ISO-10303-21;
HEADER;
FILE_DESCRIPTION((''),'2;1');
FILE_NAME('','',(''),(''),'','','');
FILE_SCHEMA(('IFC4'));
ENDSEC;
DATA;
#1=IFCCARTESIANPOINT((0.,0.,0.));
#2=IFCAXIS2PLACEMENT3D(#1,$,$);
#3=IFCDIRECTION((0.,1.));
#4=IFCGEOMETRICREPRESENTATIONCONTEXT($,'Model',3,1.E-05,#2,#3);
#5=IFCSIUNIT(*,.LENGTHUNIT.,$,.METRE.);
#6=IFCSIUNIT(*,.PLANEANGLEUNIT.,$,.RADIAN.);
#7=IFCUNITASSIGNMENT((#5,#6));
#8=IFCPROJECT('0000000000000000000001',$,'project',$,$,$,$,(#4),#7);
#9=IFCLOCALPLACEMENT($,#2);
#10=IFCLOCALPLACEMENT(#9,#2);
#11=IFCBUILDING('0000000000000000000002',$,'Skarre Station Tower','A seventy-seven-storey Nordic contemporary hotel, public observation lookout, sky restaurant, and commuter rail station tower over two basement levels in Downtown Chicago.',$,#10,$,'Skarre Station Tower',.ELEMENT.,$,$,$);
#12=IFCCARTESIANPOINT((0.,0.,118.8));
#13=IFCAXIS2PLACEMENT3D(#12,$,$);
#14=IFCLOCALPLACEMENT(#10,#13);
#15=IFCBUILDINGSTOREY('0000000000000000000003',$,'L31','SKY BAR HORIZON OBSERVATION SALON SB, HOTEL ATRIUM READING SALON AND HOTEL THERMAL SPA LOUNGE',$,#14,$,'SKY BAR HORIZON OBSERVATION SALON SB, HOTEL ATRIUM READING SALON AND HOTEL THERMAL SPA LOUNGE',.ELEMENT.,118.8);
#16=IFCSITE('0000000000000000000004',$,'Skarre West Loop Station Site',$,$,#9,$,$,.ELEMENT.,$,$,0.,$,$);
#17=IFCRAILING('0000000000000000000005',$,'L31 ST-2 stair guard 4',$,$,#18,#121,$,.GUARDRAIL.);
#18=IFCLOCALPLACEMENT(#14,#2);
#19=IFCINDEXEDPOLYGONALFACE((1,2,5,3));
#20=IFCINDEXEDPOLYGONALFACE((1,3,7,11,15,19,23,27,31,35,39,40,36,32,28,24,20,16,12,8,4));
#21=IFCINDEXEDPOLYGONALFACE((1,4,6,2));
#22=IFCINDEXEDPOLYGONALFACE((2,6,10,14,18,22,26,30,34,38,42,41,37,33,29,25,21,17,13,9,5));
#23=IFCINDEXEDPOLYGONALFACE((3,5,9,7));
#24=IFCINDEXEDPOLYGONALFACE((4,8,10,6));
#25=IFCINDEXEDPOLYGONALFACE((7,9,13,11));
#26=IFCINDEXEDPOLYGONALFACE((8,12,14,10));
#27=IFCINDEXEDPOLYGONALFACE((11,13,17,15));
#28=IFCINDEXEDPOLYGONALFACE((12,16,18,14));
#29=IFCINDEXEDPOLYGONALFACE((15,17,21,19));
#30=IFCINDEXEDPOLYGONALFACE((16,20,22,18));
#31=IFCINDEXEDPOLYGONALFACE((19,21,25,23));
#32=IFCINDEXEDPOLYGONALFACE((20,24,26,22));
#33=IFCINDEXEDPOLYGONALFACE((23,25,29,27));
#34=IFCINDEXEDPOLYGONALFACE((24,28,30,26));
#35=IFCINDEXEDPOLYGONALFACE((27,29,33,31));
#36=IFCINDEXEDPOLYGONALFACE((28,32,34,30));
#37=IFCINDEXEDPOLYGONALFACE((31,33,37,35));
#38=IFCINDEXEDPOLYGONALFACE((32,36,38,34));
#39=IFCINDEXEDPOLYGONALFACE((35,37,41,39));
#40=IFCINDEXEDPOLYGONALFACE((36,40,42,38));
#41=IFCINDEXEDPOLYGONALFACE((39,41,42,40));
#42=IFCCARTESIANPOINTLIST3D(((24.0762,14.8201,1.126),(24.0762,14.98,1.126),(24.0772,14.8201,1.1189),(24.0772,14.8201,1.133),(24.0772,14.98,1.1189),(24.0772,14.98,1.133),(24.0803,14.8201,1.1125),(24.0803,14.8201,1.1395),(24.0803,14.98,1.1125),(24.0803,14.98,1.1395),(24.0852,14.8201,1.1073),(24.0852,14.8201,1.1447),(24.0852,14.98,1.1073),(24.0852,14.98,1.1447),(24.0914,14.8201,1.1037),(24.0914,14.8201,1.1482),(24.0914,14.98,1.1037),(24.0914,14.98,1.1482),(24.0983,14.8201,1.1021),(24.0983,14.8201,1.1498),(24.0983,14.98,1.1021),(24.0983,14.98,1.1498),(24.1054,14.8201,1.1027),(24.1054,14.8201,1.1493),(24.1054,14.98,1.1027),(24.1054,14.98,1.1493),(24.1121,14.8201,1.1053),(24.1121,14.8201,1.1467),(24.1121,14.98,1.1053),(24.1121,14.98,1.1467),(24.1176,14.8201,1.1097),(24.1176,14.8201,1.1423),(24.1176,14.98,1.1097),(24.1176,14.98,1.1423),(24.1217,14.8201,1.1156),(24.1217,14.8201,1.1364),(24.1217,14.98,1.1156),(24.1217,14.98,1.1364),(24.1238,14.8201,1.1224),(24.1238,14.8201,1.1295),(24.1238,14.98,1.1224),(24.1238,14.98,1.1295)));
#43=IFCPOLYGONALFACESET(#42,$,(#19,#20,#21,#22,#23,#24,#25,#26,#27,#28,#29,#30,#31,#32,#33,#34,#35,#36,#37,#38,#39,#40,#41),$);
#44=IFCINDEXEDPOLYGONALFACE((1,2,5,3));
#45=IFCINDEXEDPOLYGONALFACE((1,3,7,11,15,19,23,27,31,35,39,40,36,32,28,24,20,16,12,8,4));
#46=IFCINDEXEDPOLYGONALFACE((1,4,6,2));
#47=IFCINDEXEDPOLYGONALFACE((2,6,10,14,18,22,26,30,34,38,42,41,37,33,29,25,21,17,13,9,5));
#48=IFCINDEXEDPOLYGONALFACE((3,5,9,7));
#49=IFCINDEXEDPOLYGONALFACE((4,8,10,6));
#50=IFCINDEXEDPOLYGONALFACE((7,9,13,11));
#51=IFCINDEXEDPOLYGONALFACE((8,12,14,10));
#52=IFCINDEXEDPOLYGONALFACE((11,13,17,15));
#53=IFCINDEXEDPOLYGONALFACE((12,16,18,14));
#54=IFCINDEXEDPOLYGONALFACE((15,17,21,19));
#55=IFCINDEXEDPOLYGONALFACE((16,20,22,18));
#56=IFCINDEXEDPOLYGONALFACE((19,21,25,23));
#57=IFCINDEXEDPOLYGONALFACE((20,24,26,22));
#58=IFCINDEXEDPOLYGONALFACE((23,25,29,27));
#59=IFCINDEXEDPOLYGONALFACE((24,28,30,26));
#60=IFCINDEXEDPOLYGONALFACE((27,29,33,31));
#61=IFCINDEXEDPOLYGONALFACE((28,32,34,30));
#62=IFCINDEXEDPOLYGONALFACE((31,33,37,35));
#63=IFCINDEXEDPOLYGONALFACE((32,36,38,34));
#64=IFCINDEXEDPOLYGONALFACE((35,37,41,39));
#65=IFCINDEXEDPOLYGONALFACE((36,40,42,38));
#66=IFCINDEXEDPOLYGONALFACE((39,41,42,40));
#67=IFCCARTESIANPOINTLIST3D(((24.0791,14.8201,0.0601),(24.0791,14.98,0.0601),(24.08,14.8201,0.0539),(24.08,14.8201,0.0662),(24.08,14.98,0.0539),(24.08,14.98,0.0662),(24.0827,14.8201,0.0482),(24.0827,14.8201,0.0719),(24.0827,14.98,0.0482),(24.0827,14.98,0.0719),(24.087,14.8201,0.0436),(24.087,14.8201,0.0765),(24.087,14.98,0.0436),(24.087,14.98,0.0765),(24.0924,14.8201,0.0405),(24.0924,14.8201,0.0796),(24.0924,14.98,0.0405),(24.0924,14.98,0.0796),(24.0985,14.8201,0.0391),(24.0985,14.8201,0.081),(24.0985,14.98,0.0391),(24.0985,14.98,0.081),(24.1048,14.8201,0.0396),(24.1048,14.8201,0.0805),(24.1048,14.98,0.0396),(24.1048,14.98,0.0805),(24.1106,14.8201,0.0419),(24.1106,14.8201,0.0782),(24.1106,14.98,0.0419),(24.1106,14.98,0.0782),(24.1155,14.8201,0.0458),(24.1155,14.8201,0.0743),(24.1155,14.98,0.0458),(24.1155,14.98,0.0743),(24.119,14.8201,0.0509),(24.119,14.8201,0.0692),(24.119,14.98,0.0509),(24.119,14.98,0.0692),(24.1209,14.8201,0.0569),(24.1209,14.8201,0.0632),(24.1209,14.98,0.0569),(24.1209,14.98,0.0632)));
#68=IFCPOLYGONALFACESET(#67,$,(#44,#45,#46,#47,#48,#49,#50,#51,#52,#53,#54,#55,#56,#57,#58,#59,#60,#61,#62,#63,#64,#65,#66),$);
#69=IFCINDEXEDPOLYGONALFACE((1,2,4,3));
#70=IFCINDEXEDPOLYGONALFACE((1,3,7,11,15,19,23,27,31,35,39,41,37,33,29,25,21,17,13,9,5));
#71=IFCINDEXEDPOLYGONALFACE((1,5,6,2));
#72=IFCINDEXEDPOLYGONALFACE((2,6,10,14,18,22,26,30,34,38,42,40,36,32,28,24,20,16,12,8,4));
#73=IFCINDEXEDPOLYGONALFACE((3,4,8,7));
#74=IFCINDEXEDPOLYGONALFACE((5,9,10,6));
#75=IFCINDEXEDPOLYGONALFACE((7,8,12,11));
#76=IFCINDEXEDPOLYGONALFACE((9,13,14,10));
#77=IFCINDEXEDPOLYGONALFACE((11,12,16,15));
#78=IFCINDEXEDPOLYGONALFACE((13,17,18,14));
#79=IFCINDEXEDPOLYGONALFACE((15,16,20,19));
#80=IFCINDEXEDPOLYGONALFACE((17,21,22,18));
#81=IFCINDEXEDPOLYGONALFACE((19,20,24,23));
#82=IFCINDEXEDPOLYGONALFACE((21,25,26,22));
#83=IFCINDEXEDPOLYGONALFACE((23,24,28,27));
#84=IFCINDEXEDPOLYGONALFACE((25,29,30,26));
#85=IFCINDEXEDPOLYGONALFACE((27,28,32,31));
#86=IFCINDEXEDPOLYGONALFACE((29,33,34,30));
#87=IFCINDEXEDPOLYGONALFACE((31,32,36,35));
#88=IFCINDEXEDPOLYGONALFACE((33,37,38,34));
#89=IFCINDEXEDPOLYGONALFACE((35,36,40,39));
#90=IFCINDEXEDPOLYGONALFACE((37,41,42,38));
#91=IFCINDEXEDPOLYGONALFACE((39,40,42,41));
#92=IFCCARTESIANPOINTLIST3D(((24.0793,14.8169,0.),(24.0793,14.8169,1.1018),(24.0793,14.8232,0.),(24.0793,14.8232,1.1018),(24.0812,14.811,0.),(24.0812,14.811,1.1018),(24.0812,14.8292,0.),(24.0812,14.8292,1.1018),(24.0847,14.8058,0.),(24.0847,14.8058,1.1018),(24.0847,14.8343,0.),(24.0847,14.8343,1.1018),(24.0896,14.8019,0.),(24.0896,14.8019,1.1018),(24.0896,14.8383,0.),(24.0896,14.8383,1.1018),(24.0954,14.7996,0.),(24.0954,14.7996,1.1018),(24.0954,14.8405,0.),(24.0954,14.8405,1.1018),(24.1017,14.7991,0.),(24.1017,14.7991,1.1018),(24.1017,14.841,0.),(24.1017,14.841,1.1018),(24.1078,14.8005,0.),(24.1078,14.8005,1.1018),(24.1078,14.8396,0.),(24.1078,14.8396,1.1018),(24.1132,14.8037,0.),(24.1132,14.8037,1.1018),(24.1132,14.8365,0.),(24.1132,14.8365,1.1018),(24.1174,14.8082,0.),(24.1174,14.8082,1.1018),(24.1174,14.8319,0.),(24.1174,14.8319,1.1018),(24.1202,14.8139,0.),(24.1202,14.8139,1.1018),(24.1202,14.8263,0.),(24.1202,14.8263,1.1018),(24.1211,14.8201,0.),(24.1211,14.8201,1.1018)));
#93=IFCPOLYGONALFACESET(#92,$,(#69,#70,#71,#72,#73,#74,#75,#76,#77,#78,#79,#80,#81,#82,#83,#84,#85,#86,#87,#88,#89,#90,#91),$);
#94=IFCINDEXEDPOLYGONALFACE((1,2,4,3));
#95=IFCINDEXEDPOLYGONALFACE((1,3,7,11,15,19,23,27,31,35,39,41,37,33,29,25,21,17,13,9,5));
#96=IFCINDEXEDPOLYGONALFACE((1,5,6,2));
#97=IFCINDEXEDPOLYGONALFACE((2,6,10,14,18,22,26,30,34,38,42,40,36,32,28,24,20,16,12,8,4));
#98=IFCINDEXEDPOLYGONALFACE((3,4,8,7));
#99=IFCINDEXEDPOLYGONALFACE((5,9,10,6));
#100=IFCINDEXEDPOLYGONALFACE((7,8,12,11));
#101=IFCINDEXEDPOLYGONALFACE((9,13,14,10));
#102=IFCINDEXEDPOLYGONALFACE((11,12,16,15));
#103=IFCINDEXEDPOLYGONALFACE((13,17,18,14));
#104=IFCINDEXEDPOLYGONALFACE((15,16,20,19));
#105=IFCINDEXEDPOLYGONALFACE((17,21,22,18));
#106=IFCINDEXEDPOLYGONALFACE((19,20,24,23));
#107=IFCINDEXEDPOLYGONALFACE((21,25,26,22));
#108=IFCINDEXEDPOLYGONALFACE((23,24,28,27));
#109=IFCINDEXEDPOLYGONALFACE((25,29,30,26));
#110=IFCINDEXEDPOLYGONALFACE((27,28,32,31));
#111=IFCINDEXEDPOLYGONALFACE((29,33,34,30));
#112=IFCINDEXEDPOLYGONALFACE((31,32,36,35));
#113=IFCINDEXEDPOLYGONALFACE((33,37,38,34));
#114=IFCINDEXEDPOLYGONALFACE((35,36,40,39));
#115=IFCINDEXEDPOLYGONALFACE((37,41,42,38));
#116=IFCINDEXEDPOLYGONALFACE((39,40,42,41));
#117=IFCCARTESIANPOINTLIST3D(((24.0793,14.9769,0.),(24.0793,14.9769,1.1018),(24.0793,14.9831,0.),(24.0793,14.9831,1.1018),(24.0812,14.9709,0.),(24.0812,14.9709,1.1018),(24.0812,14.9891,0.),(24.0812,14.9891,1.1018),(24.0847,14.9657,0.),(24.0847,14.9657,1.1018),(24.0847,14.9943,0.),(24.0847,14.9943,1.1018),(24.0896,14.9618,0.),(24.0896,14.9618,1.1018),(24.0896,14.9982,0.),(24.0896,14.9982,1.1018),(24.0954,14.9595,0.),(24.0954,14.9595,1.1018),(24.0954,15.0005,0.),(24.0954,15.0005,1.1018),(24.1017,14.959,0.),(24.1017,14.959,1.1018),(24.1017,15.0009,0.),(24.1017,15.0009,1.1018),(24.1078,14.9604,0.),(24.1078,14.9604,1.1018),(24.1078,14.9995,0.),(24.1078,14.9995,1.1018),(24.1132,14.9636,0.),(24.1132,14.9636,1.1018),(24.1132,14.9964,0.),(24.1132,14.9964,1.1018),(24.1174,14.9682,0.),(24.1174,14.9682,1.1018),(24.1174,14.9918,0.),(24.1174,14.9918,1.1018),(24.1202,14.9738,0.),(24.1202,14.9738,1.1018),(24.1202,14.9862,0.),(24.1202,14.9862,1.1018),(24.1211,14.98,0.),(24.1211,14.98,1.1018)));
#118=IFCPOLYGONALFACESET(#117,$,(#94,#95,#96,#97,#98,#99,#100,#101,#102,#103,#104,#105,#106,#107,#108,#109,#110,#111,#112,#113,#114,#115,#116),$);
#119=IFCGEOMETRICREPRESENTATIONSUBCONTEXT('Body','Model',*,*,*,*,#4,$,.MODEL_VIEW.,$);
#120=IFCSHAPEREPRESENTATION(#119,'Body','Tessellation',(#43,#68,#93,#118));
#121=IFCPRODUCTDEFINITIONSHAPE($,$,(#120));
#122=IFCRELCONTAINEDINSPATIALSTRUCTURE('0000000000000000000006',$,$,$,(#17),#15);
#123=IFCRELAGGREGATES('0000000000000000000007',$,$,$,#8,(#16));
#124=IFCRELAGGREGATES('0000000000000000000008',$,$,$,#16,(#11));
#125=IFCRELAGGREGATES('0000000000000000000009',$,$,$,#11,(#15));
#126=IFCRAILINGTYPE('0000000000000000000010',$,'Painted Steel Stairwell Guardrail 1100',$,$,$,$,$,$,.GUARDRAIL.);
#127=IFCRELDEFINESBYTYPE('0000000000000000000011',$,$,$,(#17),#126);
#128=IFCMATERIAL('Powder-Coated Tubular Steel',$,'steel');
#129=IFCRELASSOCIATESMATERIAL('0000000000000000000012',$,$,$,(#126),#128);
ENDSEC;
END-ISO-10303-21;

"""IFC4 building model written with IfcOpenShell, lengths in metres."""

from ifc_helpers import new_model, si_unit, direction, frame, origin, origin_2d, place, context, subcontext, project, spatial, circle, extrude, material, type_object, element, save


model = new_model("IFC4")

# Units and contexts
model_context = context("Model", 3, precision=1e-05, world=origin(), true_north=direction((0.0, 1.0)))
body_context = subcontext(model_context, "Body", "Model", "MODEL_VIEW")
ifc_project = project(units=[si_unit("LENGTHUNIT", "METRE"), si_unit("PLANEANGLEUNIT", "RADIAN")], contexts=[model_context])

# Site, building, storey
site_placement = place(None, origin())
site = spatial("IfcSite", under=ifc_project, at=site_placement, Name="Skarre West Loop Station Site", CompositionType="ELEMENT", RefElevation=0.0)
building_placement = place(site_placement, origin())
building = spatial("IfcBuilding", under=site, at=building_placement, Name="Skarre Station Tower", Description="A seventy-seven-storey Nordic contemporary hotel, public observation lookout, sky restaurant, and commuter rail station tower over two basement levels in Downtown Chicago.", LongName="Skarre Station Tower", CompositionType="ELEMENT")
storey_placement = place(building_placement, frame((0.0, 0.0, 118.8)))
storey = spatial("IfcBuildingStorey", under=building, at=storey_placement, Name="L31", Description="SKY BAR HORIZON OBSERVATION SALON SB, HOTEL ATRIUM READING SALON AND HOTEL THERMAL SPA LOUNGE", LongName="SKY BAR HORIZON OBSERVATION SALON SB, HOTEL ATRIUM READING SALON AND HOTEL THERMAL SPA LOUNGE", CompositionType="ELEMENT", Elevation=118.8)

# Railing
ifc_material_1 = material(Name="Powder-Coated Tubular Steel", Category="steel")
railing_type_1 = type_object("IfcRailingType", Name="Painted Steel Stairwell Guardrail 1100", PredefinedType="GUARDRAIL", material=ifc_material_1)
railing_1_placement = place(storey_placement, frame((24.1001, 14.8201, 0.0)))
element("IfcRailing", 1, at=railing_1_placement, inside=storey, type_object=railing_type_1, Name="L31 ST-2 stair guard 4", PredefinedType="GUARDRAIL", context=body_context, shape_type="SweptSolid", body=[
    extrude(circle(Radius=0.0239, at=origin_2d()), frame((0.0, 0.0, 1.126), z_axis=(0.0, 1.0, 0.0), x_axis=(-1.0, 0.0, 0.0)), (0.0, 0.0, 1.0), 0.1599),
    extrude(circle(Radius=0.021, at=origin_2d()), frame((0.0, 0.0, 0.0601), z_axis=(0.0, 1.0, 0.0), x_axis=(-1.0, 0.0, 0.0)), (0.0, 0.0, 1.0), 0.1599),
    extrude(circle(Radius=0.021, at=origin_2d()), origin(), (0.0, 0.0, 1.0), 1.1018),
    extrude(circle(Radius=0.021, at=origin_2d()), frame((0.0, 0.1599, 0.0)), (0.0, 0.0, 1.0), 1.1018),
])

save(model, "model.ifc")
